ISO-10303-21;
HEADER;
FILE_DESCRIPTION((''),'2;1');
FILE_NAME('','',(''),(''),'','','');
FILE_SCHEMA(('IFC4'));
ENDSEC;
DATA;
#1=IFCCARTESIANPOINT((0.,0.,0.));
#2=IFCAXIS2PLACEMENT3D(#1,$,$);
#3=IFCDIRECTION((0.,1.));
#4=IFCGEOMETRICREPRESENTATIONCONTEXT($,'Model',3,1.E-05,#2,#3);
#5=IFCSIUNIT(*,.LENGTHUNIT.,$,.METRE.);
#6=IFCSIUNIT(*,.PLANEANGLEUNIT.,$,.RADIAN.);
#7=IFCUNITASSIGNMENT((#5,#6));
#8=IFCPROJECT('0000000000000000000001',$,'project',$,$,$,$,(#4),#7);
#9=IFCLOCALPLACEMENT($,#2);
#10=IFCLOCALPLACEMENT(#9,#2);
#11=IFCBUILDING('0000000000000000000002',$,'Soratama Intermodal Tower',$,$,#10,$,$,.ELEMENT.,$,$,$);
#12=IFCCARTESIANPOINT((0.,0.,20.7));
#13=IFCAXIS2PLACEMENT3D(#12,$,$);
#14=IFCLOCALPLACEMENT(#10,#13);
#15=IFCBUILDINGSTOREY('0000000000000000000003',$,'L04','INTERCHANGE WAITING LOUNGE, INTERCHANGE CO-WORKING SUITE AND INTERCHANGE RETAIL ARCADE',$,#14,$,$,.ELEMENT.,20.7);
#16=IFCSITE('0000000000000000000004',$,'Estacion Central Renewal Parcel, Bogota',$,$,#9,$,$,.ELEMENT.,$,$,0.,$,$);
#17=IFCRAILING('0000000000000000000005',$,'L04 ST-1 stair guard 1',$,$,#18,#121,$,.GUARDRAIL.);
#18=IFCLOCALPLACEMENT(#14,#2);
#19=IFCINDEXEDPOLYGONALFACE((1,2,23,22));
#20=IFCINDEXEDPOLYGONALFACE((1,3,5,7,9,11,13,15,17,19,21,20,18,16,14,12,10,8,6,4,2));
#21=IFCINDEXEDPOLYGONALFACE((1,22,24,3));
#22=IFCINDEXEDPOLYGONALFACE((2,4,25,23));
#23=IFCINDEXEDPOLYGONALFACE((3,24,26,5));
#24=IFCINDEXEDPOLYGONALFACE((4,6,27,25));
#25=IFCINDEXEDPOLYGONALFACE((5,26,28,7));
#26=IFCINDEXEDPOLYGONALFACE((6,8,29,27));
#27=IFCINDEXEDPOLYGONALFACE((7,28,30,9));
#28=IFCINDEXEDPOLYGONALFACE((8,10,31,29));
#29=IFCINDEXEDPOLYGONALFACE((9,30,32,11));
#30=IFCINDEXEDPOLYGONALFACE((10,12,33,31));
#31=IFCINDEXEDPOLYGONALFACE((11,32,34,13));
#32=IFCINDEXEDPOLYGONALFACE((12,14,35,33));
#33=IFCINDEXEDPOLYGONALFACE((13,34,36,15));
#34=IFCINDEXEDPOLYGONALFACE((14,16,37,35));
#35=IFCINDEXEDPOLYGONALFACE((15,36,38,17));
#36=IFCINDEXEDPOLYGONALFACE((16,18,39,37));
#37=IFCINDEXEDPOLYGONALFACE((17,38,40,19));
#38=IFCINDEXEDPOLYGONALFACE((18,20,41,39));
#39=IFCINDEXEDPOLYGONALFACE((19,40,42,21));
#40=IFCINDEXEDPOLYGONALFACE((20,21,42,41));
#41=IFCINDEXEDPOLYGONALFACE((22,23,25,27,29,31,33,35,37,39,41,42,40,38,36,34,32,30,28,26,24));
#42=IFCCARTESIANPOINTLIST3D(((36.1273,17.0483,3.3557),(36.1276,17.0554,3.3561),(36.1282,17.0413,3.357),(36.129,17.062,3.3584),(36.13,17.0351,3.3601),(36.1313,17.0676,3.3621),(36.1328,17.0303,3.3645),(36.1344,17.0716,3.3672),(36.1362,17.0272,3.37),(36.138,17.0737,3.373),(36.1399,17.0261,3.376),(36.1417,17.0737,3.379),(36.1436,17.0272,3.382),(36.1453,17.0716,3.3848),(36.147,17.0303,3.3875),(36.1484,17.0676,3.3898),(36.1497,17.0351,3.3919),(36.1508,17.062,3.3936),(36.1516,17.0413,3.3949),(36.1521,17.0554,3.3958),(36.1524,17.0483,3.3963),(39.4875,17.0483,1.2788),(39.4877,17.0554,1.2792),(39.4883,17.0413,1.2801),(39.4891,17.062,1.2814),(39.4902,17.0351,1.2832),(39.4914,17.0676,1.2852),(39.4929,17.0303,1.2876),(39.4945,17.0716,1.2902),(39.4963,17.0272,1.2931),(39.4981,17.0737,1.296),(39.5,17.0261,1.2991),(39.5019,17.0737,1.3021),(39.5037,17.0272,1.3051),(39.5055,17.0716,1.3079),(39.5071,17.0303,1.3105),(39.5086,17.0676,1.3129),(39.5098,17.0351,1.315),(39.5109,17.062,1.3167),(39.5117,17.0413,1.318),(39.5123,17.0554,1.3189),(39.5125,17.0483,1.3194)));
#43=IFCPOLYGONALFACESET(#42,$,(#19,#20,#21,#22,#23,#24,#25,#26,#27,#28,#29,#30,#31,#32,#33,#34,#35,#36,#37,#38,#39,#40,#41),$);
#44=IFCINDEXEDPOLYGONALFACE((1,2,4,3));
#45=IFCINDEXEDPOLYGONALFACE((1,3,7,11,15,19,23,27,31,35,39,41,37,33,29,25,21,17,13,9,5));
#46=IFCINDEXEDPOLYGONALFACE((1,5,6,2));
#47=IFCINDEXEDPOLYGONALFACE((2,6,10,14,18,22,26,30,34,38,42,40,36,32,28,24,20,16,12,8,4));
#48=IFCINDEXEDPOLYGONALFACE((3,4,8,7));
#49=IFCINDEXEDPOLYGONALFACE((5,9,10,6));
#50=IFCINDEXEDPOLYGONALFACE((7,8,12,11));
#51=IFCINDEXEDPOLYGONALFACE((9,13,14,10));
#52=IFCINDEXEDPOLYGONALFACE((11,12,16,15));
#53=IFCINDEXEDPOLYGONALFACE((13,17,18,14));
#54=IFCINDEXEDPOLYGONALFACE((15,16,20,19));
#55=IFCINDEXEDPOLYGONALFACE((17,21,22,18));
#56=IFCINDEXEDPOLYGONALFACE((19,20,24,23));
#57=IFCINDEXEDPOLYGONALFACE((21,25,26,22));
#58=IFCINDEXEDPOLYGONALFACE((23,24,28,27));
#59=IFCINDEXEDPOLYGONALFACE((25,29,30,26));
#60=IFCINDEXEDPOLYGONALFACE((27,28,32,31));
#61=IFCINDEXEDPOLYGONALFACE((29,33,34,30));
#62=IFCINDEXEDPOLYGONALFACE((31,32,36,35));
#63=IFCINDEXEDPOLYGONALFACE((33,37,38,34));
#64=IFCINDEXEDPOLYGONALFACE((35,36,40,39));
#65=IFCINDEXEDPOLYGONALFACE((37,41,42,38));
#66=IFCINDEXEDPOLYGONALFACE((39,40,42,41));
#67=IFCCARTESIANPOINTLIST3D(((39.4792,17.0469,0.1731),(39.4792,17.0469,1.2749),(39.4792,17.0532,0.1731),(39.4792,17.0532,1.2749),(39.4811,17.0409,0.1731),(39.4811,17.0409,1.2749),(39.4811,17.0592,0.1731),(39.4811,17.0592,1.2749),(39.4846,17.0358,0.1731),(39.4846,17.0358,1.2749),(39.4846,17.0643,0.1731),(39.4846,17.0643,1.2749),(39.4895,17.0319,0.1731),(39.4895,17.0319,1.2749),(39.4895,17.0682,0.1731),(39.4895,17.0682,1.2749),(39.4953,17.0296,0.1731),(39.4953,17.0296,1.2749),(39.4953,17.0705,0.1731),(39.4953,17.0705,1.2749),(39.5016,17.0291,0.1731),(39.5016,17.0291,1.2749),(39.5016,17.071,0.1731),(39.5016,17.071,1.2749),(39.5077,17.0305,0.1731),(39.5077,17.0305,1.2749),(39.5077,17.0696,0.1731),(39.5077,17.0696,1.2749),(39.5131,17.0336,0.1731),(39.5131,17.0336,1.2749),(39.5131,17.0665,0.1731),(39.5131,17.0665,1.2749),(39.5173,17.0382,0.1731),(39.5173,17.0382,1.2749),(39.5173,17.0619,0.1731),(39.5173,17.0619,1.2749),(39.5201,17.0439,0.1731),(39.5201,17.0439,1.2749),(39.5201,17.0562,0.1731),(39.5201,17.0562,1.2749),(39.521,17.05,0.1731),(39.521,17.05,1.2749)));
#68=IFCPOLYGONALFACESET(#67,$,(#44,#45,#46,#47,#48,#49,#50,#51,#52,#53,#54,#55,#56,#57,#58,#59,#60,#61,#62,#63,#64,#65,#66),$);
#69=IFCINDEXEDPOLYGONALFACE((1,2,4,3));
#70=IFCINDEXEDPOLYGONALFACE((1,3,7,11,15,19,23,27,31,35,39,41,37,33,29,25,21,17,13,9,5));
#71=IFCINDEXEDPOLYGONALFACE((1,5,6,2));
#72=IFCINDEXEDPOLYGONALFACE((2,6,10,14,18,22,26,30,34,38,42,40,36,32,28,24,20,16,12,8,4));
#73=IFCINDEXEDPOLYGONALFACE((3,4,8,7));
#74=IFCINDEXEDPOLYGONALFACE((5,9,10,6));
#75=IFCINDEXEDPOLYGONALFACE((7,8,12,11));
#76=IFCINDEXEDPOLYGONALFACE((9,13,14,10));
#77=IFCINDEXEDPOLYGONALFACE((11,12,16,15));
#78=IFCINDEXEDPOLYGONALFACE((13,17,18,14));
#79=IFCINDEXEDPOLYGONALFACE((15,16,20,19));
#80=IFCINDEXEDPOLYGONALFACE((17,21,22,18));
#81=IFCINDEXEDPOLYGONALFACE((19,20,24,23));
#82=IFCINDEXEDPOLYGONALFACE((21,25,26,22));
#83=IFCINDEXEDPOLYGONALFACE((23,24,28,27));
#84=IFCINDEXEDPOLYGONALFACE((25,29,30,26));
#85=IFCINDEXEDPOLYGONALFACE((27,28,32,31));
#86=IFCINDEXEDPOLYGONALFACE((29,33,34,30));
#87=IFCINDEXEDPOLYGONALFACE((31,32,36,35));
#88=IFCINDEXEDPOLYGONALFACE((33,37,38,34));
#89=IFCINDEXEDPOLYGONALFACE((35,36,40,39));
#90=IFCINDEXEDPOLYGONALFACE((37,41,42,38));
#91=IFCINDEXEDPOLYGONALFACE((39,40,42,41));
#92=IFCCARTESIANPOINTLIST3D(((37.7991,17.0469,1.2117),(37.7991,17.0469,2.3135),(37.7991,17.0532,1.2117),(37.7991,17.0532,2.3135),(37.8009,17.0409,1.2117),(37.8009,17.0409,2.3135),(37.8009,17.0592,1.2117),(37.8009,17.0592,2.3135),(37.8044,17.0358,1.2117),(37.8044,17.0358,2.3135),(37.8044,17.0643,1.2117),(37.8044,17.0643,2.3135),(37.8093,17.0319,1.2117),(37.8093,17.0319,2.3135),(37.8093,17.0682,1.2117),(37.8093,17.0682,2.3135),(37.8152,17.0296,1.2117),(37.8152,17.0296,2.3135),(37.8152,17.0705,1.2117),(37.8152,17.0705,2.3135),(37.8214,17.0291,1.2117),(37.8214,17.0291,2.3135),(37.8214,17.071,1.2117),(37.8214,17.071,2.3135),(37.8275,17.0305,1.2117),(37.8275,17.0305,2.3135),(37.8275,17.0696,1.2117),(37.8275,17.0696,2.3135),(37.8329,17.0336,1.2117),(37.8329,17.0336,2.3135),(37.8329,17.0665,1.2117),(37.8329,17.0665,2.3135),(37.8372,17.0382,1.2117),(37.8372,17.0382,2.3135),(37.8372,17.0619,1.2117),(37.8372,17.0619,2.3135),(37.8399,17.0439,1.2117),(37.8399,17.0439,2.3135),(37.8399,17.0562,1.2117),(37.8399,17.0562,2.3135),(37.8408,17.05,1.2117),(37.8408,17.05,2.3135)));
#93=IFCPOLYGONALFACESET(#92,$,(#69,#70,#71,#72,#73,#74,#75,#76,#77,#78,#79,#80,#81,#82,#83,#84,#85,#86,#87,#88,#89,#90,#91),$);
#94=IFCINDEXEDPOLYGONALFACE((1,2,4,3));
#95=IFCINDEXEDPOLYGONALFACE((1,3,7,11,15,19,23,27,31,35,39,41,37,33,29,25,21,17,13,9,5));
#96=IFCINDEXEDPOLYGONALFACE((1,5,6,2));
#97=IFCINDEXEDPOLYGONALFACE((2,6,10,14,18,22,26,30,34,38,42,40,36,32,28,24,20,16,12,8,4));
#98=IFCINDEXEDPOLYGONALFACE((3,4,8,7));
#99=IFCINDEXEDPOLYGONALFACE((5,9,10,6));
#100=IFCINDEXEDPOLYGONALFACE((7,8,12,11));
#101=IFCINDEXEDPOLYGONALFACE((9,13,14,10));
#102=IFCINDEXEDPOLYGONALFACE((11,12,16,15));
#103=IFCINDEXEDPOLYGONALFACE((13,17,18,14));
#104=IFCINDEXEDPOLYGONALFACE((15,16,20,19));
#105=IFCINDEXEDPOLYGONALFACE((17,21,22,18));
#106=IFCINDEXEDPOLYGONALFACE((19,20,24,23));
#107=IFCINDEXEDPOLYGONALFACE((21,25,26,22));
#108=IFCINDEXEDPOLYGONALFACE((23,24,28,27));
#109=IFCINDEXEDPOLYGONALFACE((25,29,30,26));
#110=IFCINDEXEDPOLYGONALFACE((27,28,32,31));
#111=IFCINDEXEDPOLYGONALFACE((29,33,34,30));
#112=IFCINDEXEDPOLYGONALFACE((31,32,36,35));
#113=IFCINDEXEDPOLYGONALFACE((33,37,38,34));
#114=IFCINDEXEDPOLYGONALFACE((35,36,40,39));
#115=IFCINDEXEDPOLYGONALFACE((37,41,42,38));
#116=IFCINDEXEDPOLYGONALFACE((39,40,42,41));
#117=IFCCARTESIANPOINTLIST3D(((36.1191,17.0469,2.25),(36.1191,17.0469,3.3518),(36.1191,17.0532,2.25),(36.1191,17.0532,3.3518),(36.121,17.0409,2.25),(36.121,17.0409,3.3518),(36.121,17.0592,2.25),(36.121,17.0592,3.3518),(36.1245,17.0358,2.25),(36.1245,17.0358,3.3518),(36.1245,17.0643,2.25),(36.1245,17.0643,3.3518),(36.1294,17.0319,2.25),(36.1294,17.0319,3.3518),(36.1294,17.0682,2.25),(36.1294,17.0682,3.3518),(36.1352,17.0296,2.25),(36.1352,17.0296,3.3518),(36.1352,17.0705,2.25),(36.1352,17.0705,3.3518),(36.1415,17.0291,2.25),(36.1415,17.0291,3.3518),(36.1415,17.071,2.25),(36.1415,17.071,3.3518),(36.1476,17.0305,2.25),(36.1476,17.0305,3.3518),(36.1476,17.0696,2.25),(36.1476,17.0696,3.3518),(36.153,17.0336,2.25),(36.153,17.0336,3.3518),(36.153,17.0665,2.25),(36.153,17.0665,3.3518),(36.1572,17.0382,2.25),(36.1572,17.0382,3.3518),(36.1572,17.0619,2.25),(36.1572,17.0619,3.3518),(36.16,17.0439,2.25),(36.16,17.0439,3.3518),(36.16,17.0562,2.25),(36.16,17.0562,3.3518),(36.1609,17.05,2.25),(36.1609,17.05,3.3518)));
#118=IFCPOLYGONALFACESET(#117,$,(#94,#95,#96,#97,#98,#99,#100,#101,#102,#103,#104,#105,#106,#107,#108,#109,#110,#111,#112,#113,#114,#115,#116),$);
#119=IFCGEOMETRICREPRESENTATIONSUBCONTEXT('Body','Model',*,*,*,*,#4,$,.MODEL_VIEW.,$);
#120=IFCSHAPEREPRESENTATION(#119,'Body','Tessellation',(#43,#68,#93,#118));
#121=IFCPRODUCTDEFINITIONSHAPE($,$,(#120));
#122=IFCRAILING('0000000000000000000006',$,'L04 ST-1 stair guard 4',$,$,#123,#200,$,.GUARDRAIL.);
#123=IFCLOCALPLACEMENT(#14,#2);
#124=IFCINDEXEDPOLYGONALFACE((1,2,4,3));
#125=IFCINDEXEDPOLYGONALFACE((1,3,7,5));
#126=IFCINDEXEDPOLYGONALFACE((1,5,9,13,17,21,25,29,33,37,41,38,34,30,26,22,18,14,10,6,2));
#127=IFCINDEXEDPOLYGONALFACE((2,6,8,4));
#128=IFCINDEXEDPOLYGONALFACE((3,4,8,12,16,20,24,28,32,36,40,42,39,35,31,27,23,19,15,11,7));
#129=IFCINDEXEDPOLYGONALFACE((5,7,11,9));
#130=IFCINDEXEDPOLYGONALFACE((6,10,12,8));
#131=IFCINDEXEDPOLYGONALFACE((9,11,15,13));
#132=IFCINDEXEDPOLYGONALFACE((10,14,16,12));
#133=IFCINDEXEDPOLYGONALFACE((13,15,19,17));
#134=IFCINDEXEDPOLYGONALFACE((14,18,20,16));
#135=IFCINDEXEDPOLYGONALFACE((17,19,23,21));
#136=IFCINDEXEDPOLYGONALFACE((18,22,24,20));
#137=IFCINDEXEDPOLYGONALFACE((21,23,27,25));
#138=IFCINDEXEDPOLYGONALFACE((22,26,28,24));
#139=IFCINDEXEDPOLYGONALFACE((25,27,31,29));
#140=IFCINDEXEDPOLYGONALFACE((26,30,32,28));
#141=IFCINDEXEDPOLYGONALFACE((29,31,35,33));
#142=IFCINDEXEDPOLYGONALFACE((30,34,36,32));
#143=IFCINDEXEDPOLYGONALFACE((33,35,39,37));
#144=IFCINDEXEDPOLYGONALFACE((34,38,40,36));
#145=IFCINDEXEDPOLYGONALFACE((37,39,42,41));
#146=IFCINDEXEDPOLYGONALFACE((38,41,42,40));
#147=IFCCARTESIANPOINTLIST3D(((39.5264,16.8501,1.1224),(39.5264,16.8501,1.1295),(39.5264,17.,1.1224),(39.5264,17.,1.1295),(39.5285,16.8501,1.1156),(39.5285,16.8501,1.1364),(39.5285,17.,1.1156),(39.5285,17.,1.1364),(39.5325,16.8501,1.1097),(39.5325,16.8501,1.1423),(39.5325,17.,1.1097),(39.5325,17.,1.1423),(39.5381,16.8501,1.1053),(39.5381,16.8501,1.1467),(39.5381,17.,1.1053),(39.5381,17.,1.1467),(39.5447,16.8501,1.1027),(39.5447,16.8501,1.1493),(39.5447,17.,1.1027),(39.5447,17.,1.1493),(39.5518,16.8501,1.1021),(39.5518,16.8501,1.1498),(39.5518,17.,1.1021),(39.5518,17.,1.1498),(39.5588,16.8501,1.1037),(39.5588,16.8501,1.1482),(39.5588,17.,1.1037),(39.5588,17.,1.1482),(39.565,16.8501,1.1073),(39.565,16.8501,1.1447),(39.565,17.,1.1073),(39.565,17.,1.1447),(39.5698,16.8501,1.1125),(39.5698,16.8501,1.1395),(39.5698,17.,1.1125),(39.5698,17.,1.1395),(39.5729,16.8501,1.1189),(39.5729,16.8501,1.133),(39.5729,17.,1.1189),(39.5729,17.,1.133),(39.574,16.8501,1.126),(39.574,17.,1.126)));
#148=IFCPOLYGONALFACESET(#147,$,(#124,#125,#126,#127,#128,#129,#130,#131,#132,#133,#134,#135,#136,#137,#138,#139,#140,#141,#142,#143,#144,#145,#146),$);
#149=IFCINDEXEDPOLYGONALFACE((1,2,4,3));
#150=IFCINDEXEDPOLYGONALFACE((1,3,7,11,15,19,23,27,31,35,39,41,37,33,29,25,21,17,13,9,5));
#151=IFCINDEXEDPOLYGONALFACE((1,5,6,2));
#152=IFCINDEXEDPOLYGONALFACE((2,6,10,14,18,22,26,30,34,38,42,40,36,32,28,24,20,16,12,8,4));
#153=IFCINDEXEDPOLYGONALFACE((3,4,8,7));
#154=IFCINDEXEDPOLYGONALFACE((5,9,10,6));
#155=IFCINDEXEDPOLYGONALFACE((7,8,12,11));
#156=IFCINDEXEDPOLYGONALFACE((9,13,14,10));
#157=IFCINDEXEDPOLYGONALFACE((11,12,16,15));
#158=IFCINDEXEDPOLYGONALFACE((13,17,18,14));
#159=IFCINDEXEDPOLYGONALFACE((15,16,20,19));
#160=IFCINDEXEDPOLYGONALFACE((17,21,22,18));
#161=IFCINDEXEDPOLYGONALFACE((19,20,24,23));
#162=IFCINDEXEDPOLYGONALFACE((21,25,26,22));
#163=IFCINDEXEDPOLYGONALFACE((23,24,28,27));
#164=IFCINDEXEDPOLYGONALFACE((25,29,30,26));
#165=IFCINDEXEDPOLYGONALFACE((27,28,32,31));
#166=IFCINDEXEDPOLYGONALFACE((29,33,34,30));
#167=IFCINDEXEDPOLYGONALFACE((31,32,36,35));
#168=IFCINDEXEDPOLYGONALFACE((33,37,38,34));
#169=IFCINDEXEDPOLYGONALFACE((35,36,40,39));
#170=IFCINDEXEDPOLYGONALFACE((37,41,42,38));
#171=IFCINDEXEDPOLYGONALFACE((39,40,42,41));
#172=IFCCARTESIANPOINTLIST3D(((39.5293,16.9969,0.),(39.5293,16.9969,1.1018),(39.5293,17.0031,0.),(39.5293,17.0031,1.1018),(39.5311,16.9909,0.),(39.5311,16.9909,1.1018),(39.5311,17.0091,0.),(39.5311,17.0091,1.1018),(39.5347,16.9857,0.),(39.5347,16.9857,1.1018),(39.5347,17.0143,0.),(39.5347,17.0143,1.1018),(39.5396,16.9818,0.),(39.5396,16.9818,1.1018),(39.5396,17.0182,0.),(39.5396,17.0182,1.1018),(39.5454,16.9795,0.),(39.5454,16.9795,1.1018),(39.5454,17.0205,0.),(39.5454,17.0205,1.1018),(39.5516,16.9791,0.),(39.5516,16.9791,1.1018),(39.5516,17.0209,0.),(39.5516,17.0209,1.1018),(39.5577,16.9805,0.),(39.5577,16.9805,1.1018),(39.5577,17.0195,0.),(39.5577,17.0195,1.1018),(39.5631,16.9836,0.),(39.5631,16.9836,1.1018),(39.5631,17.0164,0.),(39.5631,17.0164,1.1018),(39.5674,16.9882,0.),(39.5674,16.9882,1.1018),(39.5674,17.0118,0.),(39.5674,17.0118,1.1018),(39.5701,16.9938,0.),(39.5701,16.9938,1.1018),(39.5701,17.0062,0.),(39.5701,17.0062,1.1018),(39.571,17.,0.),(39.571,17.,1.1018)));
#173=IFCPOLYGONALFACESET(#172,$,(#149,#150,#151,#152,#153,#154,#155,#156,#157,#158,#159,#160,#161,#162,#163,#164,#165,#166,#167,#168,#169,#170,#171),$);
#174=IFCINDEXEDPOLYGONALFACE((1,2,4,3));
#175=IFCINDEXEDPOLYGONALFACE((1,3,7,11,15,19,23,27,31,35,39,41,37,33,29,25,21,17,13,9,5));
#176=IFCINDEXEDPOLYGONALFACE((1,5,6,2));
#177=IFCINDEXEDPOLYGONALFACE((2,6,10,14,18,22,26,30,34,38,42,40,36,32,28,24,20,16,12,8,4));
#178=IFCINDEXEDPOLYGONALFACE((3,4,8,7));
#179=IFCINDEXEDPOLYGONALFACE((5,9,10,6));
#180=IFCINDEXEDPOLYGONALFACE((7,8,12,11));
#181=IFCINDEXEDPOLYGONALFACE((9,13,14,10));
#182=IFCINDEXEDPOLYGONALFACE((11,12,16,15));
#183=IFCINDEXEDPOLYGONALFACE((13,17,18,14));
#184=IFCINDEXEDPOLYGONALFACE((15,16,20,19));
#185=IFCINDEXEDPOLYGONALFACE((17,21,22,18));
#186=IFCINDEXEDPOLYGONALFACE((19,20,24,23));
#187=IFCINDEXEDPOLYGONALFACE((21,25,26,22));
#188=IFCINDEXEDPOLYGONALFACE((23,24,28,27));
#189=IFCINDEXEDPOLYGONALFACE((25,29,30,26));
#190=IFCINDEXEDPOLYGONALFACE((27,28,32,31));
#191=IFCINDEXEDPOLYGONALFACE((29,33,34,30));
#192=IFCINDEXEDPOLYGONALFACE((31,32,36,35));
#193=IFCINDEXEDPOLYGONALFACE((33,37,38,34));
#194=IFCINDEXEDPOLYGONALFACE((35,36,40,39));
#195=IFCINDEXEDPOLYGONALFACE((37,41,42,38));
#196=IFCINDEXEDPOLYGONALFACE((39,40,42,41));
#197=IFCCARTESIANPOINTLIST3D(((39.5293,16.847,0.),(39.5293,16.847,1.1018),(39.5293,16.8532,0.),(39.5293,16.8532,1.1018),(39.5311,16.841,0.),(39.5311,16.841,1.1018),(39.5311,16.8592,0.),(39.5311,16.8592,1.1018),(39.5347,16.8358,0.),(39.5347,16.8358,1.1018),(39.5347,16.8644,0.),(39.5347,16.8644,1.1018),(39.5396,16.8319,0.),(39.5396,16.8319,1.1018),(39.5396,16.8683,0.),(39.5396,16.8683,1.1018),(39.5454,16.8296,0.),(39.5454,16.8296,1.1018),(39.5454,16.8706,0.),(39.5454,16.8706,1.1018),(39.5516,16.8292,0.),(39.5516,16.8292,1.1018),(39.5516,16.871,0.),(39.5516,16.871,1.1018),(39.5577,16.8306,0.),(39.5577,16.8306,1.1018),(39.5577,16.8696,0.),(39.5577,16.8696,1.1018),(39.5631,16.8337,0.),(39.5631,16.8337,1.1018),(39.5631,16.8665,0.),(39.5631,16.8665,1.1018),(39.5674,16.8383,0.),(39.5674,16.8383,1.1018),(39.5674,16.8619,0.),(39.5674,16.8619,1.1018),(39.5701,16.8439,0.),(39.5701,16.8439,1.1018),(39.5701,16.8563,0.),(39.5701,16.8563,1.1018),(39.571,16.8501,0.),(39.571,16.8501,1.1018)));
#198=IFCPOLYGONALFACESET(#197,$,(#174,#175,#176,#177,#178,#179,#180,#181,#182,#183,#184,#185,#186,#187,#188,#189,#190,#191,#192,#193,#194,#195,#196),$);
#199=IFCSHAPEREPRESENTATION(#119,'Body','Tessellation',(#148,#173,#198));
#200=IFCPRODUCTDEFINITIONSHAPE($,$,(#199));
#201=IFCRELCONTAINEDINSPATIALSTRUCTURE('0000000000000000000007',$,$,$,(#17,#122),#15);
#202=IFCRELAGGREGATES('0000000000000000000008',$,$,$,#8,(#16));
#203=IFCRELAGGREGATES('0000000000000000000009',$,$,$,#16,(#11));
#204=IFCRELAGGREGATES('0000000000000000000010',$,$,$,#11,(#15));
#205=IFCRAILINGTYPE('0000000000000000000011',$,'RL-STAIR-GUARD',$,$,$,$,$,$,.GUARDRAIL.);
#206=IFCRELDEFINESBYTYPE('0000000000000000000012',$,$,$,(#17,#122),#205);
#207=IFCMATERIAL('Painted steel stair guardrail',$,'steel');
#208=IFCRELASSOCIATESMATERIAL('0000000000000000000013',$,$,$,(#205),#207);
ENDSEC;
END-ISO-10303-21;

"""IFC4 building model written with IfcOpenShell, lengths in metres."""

from ifc_helpers import new_model, si_unit, direction, frame, origin, origin_2d, place, context, subcontext, project, spatial, circle, extrude, material, type_object, element, save


model = new_model("IFC4")

# Units and contexts
model_context = context("Model", 3, precision=1e-05, world=origin(), true_north=direction((0.0, 1.0)))
body_context = subcontext(model_context, "Body", "Model", "MODEL_VIEW")
ifc_project = project(units=[si_unit("LENGTHUNIT", "METRE"), si_unit("PLANEANGLEUNIT", "RADIAN")], contexts=[model_context])

# Site, building, storey
site_placement = place(None, origin())
site = spatial("IfcSite", under=ifc_project, at=site_placement, Name="Estacion Central Renewal Parcel, Bogota", CompositionType="ELEMENT", RefElevation=0.0)
building_placement = place(site_placement, origin())
building = spatial("IfcBuilding", under=site, at=building_placement, Name="Soratama Intermodal Tower", CompositionType="ELEMENT")
storey_placement = place(building_placement, frame((0.0, 0.0, 20.7)))
storey = spatial("IfcBuildingStorey", under=building, at=storey_placement, Name="L04", Description="INTERCHANGE WAITING LOUNGE, INTERCHANGE CO-WORKING SUITE AND INTERCHANGE RETAIL ARCADE", CompositionType="ELEMENT", Elevation=20.7)

# Railings
ifc_material_1 = material(Name="Painted steel stair guardrail", Category="steel")
railing_type_1 = type_object("IfcRailingType", Name="RL-STAIR-GUARD", PredefinedType="GUARDRAIL", material=ifc_material_1)
railing_1_placement = place(storey_placement, frame((39.5, 17.05, 0.1731)))
element("IfcRailing", 1, at=railing_1_placement, inside=storey, type_object=railing_type_1, Name="L04 ST-1 stair guard 1", PredefinedType="GUARDRAIL", context=body_context, shape_type="SweptSolid", body=[
    extrude(circle(Radius=0.0239, at=origin_2d()), frame((0.0, 0.0, 1.126), z_axis=(-0.850623, 0.0, 0.525776), x_axis=(0.0, -1.0, 0.0)), (0.0, 0.0, 1.0), 3.9502),
    extrude(circle(Radius=0.021, at=origin_2d()), origin(), (0.0, 0.0, 1.0), 1.1018),
    extrude(circle(Radius=0.021, at=origin_2d()), frame((-1.6802, 0.0, 1.0386)), (0.0, 0.0, 1.0), 1.1018),
    extrude(circle(Radius=0.021, at=origin_2d()), frame((-3.3601, 0.0, 2.0769)), (0.0, 0.0, 1.0), 1.1018),
])
railing_2_placement = place(storey_placement, frame((39.55, 17.0, 0.0)))
element("IfcRailing", 2, at=railing_2_placement, inside=storey, type_object=railing_type_1, Name="L04 ST-1 stair guard 4", PredefinedType="GUARDRAIL", context=body_context, shape_type="SweptSolid", body=[
    extrude(circle(Radius=0.0239, at=origin_2d()), frame((0.0, 0.0, 1.126), z_axis=(0.0, -1.0, 0.0), x_axis=(1.0, 0.0, 0.0)), (0.0, 0.0, 1.0), 0.1499),
    extrude(circle(Radius=0.021, at=origin_2d()), origin(), (0.0, 0.0, 1.0), 1.1018),
    extrude(circle(Radius=0.021, at=origin_2d()), frame((0.0, -0.1499, 0.0)), (0.0, 0.0, 1.0), 1.1018),
])

save(model, "model.ifc")
